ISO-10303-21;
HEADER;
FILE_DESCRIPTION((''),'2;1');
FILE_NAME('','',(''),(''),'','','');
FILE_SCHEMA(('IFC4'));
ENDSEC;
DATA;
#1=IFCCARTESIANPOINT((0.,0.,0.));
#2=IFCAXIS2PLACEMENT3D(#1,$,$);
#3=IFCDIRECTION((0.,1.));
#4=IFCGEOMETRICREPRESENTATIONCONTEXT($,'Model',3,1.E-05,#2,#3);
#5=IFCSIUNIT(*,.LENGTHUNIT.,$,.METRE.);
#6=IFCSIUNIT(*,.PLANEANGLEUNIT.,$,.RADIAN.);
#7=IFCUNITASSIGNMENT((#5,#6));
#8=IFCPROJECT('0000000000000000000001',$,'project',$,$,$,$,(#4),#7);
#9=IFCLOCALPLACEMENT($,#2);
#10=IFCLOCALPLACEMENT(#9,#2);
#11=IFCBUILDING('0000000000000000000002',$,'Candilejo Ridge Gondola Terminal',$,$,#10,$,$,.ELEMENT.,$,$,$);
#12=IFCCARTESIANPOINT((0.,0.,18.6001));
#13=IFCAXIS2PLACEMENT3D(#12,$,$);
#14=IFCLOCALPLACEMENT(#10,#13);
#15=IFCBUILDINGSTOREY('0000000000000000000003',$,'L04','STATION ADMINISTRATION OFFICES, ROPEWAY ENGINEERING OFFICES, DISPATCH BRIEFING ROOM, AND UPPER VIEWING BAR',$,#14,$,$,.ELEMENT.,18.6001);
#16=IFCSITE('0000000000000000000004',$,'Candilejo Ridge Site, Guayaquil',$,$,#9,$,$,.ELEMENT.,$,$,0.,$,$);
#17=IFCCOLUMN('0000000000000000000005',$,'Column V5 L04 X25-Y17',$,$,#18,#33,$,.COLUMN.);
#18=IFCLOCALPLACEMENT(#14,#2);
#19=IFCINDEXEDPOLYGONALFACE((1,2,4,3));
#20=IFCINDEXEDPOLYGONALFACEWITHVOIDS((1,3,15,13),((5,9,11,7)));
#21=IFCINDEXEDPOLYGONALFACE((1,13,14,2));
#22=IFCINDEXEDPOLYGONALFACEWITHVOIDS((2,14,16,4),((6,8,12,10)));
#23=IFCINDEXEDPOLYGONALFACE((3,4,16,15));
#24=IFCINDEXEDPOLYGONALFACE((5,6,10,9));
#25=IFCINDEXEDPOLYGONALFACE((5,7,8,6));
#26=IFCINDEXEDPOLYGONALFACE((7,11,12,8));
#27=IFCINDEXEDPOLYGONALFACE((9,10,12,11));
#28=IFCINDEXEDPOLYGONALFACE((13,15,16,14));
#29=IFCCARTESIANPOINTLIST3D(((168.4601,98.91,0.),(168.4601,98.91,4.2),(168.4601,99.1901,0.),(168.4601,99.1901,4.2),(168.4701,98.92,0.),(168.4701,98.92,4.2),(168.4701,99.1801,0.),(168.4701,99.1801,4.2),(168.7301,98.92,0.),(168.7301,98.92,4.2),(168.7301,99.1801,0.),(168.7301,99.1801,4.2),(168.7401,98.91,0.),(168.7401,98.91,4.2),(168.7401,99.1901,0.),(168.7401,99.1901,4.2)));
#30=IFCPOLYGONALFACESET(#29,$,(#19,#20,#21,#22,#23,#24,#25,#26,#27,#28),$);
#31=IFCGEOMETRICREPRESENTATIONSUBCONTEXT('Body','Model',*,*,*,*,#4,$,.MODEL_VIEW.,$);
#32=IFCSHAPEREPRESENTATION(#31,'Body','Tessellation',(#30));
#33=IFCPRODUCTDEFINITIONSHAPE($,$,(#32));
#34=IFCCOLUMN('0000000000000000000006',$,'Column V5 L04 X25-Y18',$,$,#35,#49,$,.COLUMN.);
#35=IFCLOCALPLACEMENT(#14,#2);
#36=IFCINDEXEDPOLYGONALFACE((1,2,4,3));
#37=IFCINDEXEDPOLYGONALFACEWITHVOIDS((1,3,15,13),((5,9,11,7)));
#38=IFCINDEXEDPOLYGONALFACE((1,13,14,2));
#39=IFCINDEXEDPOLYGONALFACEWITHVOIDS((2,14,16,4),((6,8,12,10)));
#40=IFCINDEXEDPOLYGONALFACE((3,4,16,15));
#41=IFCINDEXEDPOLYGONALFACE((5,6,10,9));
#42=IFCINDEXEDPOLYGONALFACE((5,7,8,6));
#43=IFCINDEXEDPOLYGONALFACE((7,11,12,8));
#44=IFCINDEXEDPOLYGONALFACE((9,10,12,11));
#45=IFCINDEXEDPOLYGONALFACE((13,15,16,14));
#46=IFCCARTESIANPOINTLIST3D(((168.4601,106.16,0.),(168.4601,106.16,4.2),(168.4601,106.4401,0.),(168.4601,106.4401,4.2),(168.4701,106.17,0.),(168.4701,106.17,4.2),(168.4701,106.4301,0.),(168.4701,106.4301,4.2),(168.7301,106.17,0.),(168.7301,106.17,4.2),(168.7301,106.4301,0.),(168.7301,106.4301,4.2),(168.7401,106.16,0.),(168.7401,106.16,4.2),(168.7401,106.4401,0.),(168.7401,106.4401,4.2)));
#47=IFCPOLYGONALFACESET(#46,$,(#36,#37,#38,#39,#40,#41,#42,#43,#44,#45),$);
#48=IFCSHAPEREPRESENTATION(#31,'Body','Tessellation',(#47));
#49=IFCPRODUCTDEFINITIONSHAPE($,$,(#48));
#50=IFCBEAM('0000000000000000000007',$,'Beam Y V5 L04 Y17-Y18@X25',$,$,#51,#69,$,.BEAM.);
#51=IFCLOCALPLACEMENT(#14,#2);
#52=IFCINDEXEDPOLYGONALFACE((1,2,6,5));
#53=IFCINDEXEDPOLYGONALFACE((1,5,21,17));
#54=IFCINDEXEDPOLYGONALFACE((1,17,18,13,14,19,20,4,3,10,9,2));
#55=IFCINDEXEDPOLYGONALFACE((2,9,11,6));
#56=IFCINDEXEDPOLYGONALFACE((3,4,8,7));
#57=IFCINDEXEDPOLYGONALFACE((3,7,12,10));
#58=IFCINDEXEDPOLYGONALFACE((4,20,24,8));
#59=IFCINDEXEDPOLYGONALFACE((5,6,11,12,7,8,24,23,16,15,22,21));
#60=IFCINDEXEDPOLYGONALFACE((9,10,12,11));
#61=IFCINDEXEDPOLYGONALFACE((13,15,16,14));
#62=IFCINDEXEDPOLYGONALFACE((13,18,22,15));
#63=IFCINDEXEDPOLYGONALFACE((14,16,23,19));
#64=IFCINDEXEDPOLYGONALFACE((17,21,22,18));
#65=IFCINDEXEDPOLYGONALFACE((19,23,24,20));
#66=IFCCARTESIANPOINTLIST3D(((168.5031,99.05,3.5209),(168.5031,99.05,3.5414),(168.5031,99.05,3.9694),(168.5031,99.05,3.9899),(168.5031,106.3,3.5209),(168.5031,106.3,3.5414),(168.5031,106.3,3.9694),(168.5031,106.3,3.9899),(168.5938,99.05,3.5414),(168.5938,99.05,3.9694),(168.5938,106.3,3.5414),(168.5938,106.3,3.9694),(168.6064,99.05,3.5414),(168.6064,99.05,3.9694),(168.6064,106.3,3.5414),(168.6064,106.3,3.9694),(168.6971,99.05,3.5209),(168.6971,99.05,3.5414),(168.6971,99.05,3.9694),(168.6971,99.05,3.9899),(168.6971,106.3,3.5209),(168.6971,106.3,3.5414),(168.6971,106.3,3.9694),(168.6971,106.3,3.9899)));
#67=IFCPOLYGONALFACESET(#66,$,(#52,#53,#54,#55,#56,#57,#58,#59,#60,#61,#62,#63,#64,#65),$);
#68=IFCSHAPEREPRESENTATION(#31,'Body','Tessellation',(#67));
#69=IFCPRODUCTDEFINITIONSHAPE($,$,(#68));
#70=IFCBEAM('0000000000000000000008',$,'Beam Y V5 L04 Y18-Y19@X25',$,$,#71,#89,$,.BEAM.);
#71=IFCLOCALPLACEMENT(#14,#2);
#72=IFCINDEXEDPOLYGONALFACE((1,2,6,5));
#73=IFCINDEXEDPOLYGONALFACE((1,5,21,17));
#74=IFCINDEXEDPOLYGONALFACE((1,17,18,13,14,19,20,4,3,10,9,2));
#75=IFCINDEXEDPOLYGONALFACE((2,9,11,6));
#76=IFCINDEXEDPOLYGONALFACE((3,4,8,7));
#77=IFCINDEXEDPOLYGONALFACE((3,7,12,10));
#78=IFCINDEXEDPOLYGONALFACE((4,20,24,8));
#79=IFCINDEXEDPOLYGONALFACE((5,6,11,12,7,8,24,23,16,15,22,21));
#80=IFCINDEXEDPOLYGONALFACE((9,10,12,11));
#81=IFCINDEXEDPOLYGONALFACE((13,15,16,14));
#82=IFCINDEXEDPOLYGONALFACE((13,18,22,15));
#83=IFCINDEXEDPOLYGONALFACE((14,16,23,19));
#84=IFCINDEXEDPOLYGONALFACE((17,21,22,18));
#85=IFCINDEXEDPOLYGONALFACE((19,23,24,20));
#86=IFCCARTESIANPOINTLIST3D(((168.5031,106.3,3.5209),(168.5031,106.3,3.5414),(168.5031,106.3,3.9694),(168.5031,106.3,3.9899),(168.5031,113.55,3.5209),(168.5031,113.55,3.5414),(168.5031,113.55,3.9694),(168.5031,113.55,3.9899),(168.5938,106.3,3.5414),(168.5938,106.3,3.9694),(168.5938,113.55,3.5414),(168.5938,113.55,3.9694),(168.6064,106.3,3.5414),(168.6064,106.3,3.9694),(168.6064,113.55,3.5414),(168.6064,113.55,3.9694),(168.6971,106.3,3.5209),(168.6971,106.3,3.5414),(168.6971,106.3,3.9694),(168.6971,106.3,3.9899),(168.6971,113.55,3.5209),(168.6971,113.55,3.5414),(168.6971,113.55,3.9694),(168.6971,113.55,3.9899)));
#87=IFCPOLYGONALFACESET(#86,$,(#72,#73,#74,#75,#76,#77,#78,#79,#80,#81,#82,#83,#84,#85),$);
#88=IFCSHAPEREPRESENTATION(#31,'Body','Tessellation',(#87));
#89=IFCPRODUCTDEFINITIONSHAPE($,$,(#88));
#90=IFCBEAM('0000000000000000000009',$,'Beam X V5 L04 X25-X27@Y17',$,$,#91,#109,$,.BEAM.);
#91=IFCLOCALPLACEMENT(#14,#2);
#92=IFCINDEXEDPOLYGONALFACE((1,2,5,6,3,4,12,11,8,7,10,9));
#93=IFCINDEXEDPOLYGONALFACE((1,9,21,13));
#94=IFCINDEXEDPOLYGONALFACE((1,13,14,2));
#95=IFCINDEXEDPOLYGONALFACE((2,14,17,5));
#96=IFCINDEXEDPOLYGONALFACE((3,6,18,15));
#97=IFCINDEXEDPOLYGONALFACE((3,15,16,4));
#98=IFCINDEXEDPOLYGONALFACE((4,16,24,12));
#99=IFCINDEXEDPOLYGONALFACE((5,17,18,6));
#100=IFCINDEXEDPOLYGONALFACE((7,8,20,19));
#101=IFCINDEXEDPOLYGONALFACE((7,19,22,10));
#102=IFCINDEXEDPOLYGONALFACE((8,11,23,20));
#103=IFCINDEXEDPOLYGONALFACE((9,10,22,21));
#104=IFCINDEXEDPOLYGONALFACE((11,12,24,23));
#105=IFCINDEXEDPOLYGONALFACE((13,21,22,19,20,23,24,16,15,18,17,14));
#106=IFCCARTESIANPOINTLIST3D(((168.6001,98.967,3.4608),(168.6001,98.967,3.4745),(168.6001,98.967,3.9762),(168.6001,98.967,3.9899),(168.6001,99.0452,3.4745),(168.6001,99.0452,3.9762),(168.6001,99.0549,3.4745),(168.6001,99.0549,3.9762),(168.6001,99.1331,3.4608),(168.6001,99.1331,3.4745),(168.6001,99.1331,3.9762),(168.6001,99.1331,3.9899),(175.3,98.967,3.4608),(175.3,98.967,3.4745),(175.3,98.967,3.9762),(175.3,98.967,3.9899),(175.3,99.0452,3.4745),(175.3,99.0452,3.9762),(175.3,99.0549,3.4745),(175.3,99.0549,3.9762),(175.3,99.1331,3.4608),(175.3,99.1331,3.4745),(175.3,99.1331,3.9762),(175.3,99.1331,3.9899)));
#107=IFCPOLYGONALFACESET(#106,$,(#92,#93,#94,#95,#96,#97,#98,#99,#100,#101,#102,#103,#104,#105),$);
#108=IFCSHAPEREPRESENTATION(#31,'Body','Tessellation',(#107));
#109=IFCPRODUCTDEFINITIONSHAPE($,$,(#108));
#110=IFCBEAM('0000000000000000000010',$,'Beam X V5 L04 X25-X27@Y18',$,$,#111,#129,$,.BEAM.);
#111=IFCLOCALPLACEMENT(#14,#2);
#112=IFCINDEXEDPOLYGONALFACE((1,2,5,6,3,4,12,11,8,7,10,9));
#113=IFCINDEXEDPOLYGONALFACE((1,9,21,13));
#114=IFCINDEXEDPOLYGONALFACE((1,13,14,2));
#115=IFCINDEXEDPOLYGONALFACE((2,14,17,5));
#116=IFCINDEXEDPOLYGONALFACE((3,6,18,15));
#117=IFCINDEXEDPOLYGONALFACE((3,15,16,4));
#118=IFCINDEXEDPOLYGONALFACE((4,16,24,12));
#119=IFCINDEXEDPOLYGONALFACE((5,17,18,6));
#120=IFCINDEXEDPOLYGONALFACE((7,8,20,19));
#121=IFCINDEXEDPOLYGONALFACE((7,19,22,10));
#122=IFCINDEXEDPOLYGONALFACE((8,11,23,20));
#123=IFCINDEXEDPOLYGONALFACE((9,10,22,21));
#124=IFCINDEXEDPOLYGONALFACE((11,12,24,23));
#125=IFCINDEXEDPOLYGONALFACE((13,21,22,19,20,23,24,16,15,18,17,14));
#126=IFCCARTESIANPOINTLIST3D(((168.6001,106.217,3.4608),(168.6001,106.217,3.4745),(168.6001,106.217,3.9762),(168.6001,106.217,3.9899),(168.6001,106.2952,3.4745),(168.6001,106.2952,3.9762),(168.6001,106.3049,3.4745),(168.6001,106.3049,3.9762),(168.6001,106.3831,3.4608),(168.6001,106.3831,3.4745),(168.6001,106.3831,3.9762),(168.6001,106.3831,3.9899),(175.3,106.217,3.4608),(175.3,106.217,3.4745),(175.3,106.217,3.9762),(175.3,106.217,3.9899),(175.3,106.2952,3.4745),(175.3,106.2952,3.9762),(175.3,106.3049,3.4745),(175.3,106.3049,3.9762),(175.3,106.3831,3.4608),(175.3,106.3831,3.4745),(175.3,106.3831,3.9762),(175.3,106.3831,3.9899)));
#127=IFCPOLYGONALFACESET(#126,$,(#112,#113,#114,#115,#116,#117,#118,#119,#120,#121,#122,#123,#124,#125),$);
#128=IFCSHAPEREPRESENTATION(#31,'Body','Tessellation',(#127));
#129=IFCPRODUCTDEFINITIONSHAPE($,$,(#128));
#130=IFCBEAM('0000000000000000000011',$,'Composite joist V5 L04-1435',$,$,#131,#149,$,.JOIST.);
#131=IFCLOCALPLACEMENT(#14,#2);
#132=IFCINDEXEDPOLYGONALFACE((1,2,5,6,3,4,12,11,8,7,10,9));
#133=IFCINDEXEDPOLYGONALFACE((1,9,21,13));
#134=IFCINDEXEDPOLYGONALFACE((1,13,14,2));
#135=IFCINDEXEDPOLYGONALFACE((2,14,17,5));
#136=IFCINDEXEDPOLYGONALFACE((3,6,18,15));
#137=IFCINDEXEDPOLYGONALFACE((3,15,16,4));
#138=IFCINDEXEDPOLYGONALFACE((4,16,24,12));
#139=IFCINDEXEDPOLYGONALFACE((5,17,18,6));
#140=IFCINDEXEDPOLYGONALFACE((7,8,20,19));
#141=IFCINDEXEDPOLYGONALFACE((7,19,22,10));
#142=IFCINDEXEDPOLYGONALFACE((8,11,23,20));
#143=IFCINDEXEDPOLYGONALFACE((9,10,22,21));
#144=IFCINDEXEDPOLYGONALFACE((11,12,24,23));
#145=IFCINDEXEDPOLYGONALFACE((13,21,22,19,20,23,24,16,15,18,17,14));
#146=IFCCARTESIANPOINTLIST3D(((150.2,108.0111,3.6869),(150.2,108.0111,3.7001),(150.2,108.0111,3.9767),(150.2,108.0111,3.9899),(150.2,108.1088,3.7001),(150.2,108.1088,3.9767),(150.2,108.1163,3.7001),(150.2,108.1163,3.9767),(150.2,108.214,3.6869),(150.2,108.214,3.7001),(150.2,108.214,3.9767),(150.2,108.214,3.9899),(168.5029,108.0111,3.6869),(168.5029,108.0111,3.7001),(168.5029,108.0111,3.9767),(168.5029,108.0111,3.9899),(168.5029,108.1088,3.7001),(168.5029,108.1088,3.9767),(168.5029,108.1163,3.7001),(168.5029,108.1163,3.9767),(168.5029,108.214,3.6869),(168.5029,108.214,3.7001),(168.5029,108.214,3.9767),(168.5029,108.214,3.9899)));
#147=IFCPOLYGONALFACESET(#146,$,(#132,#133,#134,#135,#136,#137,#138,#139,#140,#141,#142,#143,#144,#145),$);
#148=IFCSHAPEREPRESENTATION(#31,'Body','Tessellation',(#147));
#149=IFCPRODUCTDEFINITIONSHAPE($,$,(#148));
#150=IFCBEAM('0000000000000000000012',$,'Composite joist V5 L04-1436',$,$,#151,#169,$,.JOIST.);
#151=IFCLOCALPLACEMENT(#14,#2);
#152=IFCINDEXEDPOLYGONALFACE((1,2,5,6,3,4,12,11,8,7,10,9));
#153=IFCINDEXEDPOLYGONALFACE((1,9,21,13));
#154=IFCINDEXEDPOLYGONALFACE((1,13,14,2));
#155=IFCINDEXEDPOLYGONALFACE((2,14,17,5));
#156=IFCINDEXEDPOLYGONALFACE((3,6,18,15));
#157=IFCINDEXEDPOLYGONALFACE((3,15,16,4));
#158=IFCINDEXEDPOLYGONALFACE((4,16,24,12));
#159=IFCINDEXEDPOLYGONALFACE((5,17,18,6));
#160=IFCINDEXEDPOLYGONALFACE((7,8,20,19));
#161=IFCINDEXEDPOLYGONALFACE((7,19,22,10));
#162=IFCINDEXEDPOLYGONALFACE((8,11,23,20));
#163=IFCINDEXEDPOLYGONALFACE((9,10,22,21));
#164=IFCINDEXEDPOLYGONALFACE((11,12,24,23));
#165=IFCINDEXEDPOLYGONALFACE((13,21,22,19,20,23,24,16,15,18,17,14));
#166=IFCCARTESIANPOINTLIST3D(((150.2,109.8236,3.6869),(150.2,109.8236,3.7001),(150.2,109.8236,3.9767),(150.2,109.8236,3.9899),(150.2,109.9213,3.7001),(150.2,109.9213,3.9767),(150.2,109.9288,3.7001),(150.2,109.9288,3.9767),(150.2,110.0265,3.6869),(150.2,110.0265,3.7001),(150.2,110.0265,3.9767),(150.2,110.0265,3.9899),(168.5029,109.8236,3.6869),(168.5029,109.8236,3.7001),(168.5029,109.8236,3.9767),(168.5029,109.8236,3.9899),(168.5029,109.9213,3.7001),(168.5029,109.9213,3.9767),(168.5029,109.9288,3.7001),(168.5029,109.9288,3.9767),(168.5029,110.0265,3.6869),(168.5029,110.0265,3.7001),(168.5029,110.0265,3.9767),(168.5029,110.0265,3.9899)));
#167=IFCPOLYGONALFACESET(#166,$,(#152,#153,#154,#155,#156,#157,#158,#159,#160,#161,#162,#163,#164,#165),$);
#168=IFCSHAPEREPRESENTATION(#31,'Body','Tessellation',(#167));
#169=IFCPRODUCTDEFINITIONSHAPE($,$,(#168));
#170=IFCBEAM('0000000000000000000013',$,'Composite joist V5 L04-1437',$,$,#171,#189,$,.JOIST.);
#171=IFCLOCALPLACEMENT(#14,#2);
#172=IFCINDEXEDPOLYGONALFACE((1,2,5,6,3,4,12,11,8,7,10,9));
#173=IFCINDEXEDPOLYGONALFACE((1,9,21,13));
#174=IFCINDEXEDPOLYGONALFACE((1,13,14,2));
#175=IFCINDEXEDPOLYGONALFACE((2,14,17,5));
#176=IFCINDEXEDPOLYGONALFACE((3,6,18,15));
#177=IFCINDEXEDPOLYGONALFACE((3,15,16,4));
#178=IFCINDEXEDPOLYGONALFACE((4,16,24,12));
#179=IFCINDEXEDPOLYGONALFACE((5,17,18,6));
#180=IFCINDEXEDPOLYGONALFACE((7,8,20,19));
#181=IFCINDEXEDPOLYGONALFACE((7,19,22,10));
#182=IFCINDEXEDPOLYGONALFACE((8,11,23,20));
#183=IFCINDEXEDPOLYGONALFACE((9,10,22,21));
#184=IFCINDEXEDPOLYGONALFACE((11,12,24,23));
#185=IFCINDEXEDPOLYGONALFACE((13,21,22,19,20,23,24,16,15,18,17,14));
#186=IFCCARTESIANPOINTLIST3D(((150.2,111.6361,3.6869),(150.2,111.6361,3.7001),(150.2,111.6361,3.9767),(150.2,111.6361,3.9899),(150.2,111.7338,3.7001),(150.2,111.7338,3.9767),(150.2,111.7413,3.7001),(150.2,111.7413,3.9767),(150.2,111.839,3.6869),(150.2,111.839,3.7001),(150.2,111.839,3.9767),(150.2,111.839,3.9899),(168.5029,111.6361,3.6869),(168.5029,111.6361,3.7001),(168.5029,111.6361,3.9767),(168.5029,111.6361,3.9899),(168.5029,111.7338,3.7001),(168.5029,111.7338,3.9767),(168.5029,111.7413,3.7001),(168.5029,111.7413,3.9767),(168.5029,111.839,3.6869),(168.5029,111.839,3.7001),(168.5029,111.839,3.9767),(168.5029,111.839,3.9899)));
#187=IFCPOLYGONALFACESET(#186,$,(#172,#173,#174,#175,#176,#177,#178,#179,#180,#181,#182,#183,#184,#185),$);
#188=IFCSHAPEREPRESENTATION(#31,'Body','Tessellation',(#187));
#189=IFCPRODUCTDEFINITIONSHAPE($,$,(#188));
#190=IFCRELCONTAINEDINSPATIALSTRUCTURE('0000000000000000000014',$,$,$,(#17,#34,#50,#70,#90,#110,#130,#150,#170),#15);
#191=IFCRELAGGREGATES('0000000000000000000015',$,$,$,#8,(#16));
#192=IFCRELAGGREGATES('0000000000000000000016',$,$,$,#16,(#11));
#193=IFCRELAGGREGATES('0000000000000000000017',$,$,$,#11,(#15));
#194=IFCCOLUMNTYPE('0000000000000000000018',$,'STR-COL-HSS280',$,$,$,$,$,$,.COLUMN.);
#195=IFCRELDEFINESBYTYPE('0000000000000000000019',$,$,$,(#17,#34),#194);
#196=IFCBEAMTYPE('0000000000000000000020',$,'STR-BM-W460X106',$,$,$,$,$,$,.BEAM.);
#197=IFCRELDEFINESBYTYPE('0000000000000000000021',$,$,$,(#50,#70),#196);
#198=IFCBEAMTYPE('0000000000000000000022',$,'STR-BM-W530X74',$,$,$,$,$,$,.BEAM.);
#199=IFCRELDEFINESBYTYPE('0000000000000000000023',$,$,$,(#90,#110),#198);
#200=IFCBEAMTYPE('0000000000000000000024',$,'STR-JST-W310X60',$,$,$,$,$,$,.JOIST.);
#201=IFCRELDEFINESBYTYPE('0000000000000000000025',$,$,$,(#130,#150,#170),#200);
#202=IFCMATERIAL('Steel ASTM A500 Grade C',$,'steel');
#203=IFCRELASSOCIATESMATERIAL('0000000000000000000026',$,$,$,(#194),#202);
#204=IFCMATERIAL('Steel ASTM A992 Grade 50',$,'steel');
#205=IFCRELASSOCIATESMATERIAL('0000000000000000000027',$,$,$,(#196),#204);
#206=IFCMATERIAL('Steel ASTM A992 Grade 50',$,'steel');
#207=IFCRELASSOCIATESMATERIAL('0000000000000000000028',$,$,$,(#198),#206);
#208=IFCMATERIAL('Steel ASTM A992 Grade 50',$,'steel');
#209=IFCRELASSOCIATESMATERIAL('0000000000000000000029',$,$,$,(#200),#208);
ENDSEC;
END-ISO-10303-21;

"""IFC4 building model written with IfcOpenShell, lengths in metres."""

from ifc_helpers import new_model, si_unit, direction, frame, origin, origin_2d, place, context, subcontext, project, spatial, hollow_rectangle, i_section, extrude, material, material_profile, profile_set, type_object, element, save


model = new_model("IFC4")

# Units and contexts
model_context = context("Model", 3, precision=1e-05, world=origin(), true_north=direction((0.0, 1.0)))
body_context = subcontext(model_context, "Body", "Model", "MODEL_VIEW")
ifc_project = project(units=[si_unit("LENGTHUNIT", "METRE"), si_unit("PLANEANGLEUNIT", "RADIAN")], contexts=[model_context])

# Site, building, storey
site_placement = place(None, origin())
site = spatial("IfcSite", under=ifc_project, at=site_placement, Name="Candilejo Ridge Site, Guayaquil", CompositionType="ELEMENT", RefElevation=0.0)
building_placement = place(site_placement, origin())
building = spatial("IfcBuilding", under=site, at=building_placement, Name="Candilejo Ridge Gondola Terminal", CompositionType="ELEMENT")
storey_placement = place(building_placement, frame((0.0, 0.0, 18.6001)))
storey = spatial("IfcBuildingStorey", under=building, at=storey_placement, Name="L04", Description="STATION ADMINISTRATION OFFICES, ROPEWAY ENGINEERING OFFICES, DISPATCH BRIEFING ROOM, AND UPPER VIEWING BAR", CompositionType="ELEMENT", Elevation=18.6001)

# Columns
ifc_material_1 = material(Name="Steel ASTM A500 Grade C", Category="steel")
ifc_material_profile_1 = material_profile(ifc_material_1, hollow_rectangle(XDim=0.28, YDim=0.28, WallThickness=0.01, at=origin_2d()))
ifc_profile_set_1 = profile_set([ifc_material_profile_1], Name="Steel ASTM A500 Grade C")
column_type = type_object("IfcColumnType", Name="STR-COL-HSS280", PredefinedType="COLUMN", material=ifc_profile_set_1)
for number, where, z_axis, x_axis, name in (
    (1, (168.6001, 99.05, 0.0), (0.0, 0.0, 1.0), (1.0, 0.0, 0.0), "Column V5 L04 X25-Y17"),
    (2, (168.6001, 106.3, 0.0), (0.0, 0.0, 1.0), (1.0, 0.0, 0.0), "Column V5 L04 X25-Y18"),
):
    element("IfcColumn", number, at=place(storey_placement, frame(where, z_axis=z_axis, x_axis=x_axis)), inside=storey, type_object=column_type, Name=name, PredefinedType="COLUMN", context=body_context, shape_type="SweptSolid", body=[
        extrude(hollow_rectangle(XDim=0.28, YDim=0.28, WallThickness=0.01, at=origin_2d()), origin(), (0.0, 0.0, 1.0), 4.2),
    ])

# Beams
ifc_material_2 = material(Name="Steel ASTM A992 Grade 50", Category="steel")
ifc_material_profile_2 = material_profile(ifc_material_2, i_section(OverallWidth=0.1941, OverallDepth=0.469, WebThickness=0.0127, FlangeThickness=0.0205, at=origin_2d()))
ifc_profile_set_2 = profile_set([ifc_material_profile_2], Name="Steel ASTM A992 Grade 50")
beam_type_1 = type_object("IfcBeamType", Name="STR-BM-W460X106", PredefinedType="BEAM", material=ifc_profile_set_2)
for number, where, z_axis, x_axis, name in (
    (3, (168.6001, 99.05, 3.7554), (0.0, 1.0, 0.0), (-1.0, 0.0, 0.0), "Beam Y V5 L04 Y17-Y18@X25"),
    (4, (168.6001, 106.3, 3.7554), (0.0, 1.0, 0.0), (-1.0, 0.0, 0.0), "Beam Y V5 L04 Y18-Y19@X25"),
):
    element("IfcBeam", number, at=place(storey_placement, frame(where, z_axis=z_axis, x_axis=x_axis)), inside=storey, type_object=beam_type_1, Name=name, PredefinedType="BEAM", context=body_context, shape_type="SweptSolid", body=[
        extrude(i_section(OverallWidth=0.1941, OverallDepth=0.469, WebThickness=0.0127, FlangeThickness=0.0205, at=origin_2d()), origin(), (0.0, 0.0, 1.0), 7.25),
    ])
ifc_material_3 = material(Name="Steel ASTM A992 Grade 50", Category="steel")
ifc_material_profile_3 = material_profile(ifc_material_3, i_section(OverallWidth=0.166, OverallDepth=0.5291, WebThickness=0.0098, FlangeThickness=0.0137, at=origin_2d()))
ifc_profile_set_3 = profile_set([ifc_material_profile_3], Name="Steel ASTM A992 Grade 50")
beam_type_2 = type_object("IfcBeamType", Name="STR-BM-W530X74", PredefinedType="BEAM", material=ifc_profile_set_3)
for number, where, z_axis, x_axis, name in (
    (5, (168.6001, 99.05, 3.7253), (1.0, 0.0, 0.0), (0.0, 1.0, 0.0), "Beam X V5 L04 X25-X27@Y17"),
    (6, (168.6001, 106.3, 3.7253), (1.0, 0.0, 0.0), (0.0, 1.0, 0.0), "Beam X V5 L04 X25-X27@Y18"),
):
    element("IfcBeam", number, at=place(storey_placement, frame(where, z_axis=z_axis, x_axis=x_axis)), inside=storey, type_object=beam_type_2, Name=name, PredefinedType="BEAM", context=body_context, shape_type="SweptSolid", body=[
        extrude(i_section(OverallWidth=0.166, OverallDepth=0.5291, WebThickness=0.0098, FlangeThickness=0.0137, at=origin_2d()), origin(), (0.0, 0.0, 1.0), 6.7),
    ])
ifc_material_4 = material(Name="Steel ASTM A992 Grade 50", Category="steel")
ifc_material_profile_4 = material_profile(ifc_material_4, i_section(OverallWidth=0.2029, OverallDepth=0.303, WebThickness=0.0076, FlangeThickness=0.0132, at=origin_2d()))
ifc_profile_set_4 = profile_set([ifc_material_profile_4], Name="Steel ASTM A992 Grade 50")
beam_type_3 = type_object("IfcBeamType", Name="STR-JST-W310X60", PredefinedType="JOIST", material=ifc_profile_set_4)
for number, where, z_axis, x_axis, name in (
    (7, (150.2, 108.1125, 3.8384), (1.0, 0.0, 0.0), (0.0, 1.0, 0.0), "Composite joist V5 L04-1435"),
    (8, (150.2, 109.925, 3.8384), (1.0, 0.0, 0.0), (0.0, 1.0, 0.0), "Composite joist V5 L04-1436"),
    (9, (150.2, 111.7375, 3.8384), (1.0, 0.0, 0.0), (0.0, 1.0, 0.0), "Composite joist V5 L04-1437"),
):
    element("IfcBeam", number, at=place(storey_placement, frame(where, z_axis=z_axis, x_axis=x_axis)), inside=storey, type_object=beam_type_3, Name=name, PredefinedType="JOIST", context=body_context, shape_type="SweptSolid", body=[
        extrude(i_section(OverallWidth=0.2029, OverallDepth=0.303, WebThickness=0.0076, FlangeThickness=0.0132, at=origin_2d()), origin(), (0.0, 0.0, 1.0), 18.303),
    ])

save(model, "model.ifc")
